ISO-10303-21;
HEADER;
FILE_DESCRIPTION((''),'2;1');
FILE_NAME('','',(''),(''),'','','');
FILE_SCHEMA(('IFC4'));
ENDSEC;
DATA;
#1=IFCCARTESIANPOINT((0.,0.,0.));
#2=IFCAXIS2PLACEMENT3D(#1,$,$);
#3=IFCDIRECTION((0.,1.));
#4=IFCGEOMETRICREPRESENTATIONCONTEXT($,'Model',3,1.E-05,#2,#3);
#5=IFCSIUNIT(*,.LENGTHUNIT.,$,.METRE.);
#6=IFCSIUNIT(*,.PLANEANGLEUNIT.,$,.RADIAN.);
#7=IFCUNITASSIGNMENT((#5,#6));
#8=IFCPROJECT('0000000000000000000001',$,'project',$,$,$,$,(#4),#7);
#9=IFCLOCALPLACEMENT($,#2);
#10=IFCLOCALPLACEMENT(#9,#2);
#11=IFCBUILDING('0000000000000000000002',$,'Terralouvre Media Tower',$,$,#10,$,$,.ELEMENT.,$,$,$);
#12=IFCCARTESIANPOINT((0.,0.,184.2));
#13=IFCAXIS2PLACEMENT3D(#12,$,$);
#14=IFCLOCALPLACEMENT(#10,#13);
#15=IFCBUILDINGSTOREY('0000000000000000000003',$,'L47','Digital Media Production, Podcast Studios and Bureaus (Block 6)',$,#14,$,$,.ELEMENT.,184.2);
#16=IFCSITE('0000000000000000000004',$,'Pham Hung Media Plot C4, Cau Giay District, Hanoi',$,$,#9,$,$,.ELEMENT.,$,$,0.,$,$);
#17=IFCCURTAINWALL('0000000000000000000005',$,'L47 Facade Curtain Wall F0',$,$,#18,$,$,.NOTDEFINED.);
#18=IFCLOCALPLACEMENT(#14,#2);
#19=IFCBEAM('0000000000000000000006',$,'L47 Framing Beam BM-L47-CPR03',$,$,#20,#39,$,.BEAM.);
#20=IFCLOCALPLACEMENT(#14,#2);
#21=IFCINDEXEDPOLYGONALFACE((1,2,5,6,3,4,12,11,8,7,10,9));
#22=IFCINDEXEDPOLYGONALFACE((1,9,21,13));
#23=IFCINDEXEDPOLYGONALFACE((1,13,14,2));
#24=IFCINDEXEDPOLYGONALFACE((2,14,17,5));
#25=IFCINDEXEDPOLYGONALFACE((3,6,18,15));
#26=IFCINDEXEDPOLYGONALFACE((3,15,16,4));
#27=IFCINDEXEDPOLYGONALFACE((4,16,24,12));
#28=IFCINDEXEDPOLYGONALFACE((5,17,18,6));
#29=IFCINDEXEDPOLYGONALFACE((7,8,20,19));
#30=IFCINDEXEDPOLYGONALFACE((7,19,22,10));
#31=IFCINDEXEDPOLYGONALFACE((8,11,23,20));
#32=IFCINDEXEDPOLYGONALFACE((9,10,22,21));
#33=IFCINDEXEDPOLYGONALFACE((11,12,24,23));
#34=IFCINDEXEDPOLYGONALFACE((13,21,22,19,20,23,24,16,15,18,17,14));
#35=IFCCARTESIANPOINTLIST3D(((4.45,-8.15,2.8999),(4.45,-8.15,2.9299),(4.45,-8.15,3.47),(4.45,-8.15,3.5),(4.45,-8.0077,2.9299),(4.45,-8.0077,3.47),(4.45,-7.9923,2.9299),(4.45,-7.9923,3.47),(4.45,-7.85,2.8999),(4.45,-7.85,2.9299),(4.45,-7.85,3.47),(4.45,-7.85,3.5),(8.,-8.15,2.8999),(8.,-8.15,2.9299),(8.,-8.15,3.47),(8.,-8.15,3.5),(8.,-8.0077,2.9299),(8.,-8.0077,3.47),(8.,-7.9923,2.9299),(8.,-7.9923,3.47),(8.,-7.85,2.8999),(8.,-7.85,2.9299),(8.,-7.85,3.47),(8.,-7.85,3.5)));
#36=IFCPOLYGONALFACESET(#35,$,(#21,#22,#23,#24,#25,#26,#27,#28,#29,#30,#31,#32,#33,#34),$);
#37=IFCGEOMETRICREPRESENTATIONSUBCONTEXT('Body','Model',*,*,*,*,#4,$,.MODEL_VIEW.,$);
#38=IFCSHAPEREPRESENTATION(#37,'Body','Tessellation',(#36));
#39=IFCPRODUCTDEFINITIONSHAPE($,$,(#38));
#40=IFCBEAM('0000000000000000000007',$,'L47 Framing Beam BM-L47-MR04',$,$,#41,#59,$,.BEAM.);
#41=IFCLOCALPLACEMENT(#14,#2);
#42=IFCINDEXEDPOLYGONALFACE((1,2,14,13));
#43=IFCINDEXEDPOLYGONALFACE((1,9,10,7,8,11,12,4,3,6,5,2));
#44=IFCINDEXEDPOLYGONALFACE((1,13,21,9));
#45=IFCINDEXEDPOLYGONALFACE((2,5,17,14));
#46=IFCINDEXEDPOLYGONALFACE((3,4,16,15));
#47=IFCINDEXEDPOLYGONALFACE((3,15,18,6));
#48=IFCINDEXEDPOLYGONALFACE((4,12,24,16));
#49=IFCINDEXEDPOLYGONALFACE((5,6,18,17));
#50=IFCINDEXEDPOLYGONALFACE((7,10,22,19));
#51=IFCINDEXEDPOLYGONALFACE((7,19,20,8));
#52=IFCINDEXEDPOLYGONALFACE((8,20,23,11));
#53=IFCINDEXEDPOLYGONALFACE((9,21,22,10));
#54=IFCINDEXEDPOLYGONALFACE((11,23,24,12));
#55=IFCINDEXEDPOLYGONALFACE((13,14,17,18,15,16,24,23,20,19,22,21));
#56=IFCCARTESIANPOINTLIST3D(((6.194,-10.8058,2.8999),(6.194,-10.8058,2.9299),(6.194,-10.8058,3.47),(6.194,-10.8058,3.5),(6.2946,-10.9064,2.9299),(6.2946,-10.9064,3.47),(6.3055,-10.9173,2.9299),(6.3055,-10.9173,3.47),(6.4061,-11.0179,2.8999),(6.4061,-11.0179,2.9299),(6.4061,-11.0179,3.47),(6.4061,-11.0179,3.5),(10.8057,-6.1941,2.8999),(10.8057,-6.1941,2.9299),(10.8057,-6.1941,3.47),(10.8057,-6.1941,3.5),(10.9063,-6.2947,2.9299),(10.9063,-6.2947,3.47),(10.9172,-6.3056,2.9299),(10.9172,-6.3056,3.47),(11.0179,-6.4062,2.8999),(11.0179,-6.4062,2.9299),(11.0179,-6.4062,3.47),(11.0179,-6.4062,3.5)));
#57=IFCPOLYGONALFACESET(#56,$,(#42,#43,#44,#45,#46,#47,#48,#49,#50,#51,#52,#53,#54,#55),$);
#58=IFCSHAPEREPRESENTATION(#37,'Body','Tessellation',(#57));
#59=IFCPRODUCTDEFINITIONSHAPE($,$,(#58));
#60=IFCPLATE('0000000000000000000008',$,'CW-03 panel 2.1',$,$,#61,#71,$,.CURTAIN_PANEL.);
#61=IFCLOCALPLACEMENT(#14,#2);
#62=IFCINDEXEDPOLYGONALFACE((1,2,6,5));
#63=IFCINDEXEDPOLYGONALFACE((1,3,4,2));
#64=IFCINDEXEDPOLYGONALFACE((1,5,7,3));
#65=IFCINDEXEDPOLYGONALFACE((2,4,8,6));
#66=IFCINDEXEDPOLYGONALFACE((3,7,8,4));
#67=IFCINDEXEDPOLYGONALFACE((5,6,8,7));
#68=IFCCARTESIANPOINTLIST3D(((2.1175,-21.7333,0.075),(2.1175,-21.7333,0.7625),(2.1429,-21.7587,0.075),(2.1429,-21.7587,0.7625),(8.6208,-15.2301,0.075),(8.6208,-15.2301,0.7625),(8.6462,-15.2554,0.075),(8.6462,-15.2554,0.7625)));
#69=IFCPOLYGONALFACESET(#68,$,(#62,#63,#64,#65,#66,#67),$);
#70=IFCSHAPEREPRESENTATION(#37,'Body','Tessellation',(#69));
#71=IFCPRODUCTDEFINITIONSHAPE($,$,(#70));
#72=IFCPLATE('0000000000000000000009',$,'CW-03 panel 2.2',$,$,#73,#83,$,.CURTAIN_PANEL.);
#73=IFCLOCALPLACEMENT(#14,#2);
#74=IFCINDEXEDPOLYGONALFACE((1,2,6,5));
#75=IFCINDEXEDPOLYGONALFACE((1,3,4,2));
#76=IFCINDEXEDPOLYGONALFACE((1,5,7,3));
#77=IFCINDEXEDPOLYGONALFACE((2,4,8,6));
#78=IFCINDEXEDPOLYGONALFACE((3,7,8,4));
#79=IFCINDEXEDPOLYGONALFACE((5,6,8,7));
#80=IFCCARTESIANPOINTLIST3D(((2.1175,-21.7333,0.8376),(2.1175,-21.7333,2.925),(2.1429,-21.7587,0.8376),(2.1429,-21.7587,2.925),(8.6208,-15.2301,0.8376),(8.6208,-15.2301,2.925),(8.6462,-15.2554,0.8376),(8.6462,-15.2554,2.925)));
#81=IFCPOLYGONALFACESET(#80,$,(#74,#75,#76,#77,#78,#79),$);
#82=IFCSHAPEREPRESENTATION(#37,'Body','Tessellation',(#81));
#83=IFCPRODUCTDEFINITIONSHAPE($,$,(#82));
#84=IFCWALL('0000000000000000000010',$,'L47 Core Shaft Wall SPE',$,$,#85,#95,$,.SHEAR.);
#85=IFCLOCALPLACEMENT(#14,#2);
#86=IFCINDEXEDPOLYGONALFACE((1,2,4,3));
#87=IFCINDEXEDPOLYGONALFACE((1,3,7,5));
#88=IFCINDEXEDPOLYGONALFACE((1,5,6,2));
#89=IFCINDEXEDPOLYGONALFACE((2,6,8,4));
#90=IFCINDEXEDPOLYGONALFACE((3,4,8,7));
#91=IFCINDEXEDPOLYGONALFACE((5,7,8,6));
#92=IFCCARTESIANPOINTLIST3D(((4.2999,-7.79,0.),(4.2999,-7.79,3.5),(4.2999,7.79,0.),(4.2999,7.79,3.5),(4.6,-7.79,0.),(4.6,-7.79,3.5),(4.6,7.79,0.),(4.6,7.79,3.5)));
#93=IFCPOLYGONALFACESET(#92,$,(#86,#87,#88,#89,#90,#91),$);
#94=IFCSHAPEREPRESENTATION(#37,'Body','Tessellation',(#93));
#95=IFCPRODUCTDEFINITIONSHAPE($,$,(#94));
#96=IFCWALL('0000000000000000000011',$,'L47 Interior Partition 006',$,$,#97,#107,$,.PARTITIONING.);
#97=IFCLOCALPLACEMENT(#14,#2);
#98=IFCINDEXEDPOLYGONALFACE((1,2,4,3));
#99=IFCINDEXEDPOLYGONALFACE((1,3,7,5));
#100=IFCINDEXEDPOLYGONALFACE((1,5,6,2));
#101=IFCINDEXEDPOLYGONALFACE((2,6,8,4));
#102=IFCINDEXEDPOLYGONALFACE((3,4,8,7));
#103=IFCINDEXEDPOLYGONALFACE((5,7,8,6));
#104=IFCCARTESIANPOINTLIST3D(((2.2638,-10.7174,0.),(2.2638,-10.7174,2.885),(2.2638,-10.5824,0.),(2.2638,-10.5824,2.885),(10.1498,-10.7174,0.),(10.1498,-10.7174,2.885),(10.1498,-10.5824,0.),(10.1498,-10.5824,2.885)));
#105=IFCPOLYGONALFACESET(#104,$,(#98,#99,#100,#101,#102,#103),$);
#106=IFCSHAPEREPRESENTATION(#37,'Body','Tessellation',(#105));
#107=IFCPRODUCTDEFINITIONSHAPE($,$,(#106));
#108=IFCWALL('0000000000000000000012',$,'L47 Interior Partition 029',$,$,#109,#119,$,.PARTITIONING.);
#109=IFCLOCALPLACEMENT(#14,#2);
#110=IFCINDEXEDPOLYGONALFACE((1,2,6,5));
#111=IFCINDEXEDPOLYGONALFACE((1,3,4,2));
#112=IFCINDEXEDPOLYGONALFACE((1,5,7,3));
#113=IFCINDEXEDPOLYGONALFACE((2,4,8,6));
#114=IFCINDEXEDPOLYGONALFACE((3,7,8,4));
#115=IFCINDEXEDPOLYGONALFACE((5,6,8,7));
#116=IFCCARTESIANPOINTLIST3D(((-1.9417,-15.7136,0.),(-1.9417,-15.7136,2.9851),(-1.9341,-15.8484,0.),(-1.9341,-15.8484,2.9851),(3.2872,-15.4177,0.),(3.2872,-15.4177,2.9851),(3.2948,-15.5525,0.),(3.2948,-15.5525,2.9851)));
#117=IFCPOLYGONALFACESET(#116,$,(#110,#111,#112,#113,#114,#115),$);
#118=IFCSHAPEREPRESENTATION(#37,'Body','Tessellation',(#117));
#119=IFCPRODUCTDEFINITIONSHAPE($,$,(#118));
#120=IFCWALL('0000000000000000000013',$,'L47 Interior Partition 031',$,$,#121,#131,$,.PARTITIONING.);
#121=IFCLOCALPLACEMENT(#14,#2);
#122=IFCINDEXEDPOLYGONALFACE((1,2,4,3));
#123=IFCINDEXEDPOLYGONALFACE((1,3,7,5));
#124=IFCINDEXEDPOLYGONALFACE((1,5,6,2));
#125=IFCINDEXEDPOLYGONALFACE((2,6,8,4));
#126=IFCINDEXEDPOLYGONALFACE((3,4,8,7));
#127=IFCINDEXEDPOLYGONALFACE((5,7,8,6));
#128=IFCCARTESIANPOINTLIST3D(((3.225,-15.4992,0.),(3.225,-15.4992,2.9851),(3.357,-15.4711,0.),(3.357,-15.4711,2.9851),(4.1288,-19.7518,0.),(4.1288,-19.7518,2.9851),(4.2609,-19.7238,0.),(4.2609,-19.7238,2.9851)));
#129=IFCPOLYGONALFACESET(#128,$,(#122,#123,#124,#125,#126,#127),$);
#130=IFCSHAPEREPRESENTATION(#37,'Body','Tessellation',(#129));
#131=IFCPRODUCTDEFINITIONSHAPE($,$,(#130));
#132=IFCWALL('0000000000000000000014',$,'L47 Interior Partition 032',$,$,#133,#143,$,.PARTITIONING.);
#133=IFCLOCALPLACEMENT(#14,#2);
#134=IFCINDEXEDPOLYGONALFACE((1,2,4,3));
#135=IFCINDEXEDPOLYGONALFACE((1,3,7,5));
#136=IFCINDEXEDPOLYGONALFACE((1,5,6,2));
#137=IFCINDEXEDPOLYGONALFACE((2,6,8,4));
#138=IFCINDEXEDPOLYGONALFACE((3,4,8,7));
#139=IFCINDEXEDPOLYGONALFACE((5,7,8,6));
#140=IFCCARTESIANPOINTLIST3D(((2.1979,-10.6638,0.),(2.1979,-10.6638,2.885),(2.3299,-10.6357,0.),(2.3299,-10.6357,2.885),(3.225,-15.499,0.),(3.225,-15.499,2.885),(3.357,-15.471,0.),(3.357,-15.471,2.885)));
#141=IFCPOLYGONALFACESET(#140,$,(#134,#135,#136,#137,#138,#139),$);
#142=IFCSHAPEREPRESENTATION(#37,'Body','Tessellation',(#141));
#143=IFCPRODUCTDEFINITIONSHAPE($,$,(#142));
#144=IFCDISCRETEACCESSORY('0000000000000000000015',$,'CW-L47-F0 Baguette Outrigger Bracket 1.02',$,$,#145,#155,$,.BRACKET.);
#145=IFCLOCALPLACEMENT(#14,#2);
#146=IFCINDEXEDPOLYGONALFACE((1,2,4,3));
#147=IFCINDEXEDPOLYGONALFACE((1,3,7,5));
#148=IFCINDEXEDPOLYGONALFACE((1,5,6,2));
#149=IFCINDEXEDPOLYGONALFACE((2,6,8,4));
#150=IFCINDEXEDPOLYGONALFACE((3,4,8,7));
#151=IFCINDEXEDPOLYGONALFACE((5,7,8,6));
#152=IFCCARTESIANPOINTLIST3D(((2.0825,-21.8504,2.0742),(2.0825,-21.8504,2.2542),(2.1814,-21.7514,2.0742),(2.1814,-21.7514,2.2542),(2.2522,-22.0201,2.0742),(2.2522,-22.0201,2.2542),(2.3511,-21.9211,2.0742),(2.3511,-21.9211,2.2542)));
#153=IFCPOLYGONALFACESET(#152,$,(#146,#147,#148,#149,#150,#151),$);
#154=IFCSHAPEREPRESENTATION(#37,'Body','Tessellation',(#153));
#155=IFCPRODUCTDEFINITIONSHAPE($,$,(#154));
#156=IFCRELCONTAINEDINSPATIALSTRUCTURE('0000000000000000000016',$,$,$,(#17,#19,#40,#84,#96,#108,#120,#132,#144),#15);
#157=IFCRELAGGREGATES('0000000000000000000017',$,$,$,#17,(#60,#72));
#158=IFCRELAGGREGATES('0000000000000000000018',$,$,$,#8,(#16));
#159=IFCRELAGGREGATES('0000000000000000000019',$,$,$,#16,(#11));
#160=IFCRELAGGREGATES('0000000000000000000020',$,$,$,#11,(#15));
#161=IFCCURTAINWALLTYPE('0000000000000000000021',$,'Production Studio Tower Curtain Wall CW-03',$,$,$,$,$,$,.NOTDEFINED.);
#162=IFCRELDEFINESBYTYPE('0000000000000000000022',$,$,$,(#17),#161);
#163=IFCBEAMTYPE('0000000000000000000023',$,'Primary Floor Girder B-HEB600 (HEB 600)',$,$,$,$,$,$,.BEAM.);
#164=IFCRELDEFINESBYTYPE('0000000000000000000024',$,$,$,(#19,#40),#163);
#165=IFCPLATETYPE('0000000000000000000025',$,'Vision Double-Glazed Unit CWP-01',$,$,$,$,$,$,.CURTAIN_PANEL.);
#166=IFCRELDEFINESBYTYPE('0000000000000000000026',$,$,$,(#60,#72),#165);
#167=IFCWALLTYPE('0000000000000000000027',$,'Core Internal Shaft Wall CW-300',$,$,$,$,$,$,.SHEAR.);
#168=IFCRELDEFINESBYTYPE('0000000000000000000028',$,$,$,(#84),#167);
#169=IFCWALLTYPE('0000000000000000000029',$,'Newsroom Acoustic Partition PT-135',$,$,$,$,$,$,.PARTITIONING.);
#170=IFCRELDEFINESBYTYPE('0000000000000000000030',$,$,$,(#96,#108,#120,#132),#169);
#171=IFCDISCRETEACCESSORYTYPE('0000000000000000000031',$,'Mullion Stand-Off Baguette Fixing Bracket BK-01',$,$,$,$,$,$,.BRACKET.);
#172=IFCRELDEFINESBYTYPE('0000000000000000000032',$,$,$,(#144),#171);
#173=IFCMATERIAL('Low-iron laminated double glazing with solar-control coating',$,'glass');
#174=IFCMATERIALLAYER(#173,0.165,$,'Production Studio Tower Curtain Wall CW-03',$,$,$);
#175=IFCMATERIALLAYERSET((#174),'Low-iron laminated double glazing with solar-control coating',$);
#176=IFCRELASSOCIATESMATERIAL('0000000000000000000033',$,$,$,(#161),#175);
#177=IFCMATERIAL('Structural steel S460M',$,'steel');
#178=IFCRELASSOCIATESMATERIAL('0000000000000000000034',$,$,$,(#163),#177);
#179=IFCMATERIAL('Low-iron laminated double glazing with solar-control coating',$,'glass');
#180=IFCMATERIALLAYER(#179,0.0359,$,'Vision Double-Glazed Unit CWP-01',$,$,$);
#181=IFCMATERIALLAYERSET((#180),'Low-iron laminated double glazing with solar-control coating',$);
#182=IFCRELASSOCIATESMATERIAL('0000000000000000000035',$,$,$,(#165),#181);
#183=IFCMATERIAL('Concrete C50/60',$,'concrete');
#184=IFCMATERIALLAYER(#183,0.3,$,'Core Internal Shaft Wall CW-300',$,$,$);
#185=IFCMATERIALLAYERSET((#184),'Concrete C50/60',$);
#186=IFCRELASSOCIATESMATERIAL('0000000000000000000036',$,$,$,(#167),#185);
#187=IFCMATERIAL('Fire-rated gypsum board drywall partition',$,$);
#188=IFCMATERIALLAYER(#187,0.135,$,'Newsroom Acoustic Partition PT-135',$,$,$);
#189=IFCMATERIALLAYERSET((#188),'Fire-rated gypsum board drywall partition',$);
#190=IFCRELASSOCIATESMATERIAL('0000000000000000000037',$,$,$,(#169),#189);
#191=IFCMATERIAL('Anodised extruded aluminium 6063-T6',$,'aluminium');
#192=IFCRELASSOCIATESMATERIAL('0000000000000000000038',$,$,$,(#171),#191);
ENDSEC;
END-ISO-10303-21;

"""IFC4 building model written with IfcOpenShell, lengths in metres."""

from ifc_helpers import new_model, si_unit, direction, frame, frame_2d, origin, origin_2d, place, context, subcontext, project, spatial, rectangle, i_section, extrude, material, layer, layer_set, material_profile, profile_set, type_object, element, aggregate, save


model = new_model("IFC4")

# Units and contexts
model_context = context("Model", 3, precision=1e-05, world=origin(), true_north=direction((0.0, 1.0)))
body_context = subcontext(model_context, "Body", "Model", "MODEL_VIEW")
ifc_project = project(units=[si_unit("LENGTHUNIT", "METRE"), si_unit("PLANEANGLEUNIT", "RADIAN")], contexts=[model_context])

# Site, building, storey
site_placement = place(None, origin())
site = spatial("IfcSite", under=ifc_project, at=site_placement, Name="Pham Hung Media Plot C4, Cau Giay District, Hanoi", CompositionType="ELEMENT", RefElevation=0.0)
building_placement = place(site_placement, origin())
building = spatial("IfcBuilding", under=site, at=building_placement, Name="Terralouvre Media Tower", CompositionType="ELEMENT")
storey_placement = place(building_placement, frame((0.0, 0.0, 184.2)))
storey = spatial("IfcBuildingStorey", under=building, at=storey_placement, Name="L47", Description="Digital Media Production, Podcast Studios and Bureaus (Block 6)", CompositionType="ELEMENT", Elevation=184.2)

# Curtain wall
ifc_material_1 = material(Name="Low-iron laminated double glazing with solar-control coating", Category="glass")
ifc_layer_1 = layer(ifc_material_1, 0.165, Name="Production Studio Tower Curtain Wall CW-03")
ifc_layer_set_1 = layer_set([ifc_layer_1], Name="Low-iron laminated double glazing with solar-control coating")
curtain_wall_type = type_object("IfcCurtainWallType", Name="Production Studio Tower Curtain Wall CW-03", PredefinedType="NOTDEFINED", material=ifc_layer_set_1)
curtain_wall_placement = place(storey_placement, origin())
curtain_wall = element("IfcCurtainWall", 1, at=curtain_wall_placement, inside=storey, type_object=curtain_wall_type, Name="L47 Facade Curtain Wall F0", PredefinedType="NOTDEFINED")

# Beams
ifc_material_2 = material(Name="Structural steel S460M", Category="steel")
ifc_material_profile_1 = material_profile(ifc_material_2, i_section(OverallWidth=0.3, OverallDepth=0.6001, WebThickness=0.0154, FlangeThickness=0.03, at=origin_2d()), Name="HEB 600")
ifc_profile_set_1 = profile_set([ifc_material_profile_1], Name="Structural steel S460M")
beam_type_1 = type_object("IfcBeamType", Name="Primary Floor Girder B-HEB600 (HEB 600)", PredefinedType="BEAM", material=ifc_profile_set_1)
beam_1_placement = place(storey_placement, frame((4.45, -8.0, 3.2), z_axis=(1.0, 0.0, 0.0), x_axis=(0.0, 1.0, 0.0)))
element("IfcBeam", 2, at=beam_1_placement, inside=storey, type_object=beam_type_1, Name="L47 Framing Beam BM-L47-CPR03", PredefinedType="BEAM", context=body_context, shape_type="SweptSolid", body=[
    extrude(i_section(OverallWidth=0.3, OverallDepth=0.6001, WebThickness=0.0154, FlangeThickness=0.03, at=origin_2d()), origin(), (0.0, 0.0, 1.0), 3.55),
])
beam_2_placement = place(storey_placement, frame((6.3, -10.9119, 3.2), z_axis=(0.707107, 0.707107, 0.0), x_axis=(-0.707107, 0.707107, 0.0)))
element("IfcBeam", 3, at=beam_2_placement, inside=storey, type_object=beam_type_1, Name="L47 Framing Beam BM-L47-MR04", PredefinedType="BEAM", context=body_context, shape_type="SweptSolid", body=[
    extrude(i_section(OverallWidth=0.3, OverallDepth=0.6001, WebThickness=0.0154, FlangeThickness=0.03, at=origin_2d()), origin(), (0.0, 0.0, 1.0), 6.522),
])

# Plates
ifc_material_3 = material(Name="Low-iron laminated double glazing with solar-control coating", Category="glass")
ifc_layer_2 = layer(ifc_material_3, 0.0359, Name="Vision Double-Glazed Unit CWP-01")
ifc_layer_set_2 = layer_set([ifc_layer_2], Name="Low-iron laminated double glazing with solar-control coating")
plate_type = type_object("IfcPlateType", Name="Vision Double-Glazed Unit CWP-01", PredefinedType="CURTAIN_PANEL", material=ifc_layer_set_2)
plate_1_placement = place(storey_placement, frame((5.3818, -18.4944, 0.075), z_axis=(0.0, 0.0, 1.0), x_axis=(0.707107, 0.707107, 0.0)))
plate_1 = element("IfcPlate", 4, at=plate_1_placement, type_object=plate_type, Name="CW-03 panel 2.1", PredefinedType="CURTAIN_PANEL", context=body_context, shape_type="SweptSolid", body=[
    extrude(rectangle(XDim=9.197, YDim=0.0359, at=origin_2d()), origin(), (0.0, 0.0, 1.0), 0.6875),
])
plate_2_placement = place(storey_placement, frame((5.3818, -18.4944, 0.8376), z_axis=(0.0, 0.0, 1.0), x_axis=(0.707107, 0.707107, 0.0)))
plate_2 = element("IfcPlate", 5, at=plate_2_placement, type_object=plate_type, Name="CW-03 panel 2.2", PredefinedType="CURTAIN_PANEL", context=body_context, shape_type="SweptSolid", body=[
    extrude(rectangle(XDim=9.197, YDim=0.0359, at=origin_2d()), origin(), (0.0, 0.0, 1.0), 2.0874),
])
aggregate(curtain_wall, [plate_1, plate_2])

# Walls
ifc_material_4 = material(Name="Concrete C50/60", Category="concrete")
ifc_layer_3 = layer(ifc_material_4, 0.3, Name="Core Internal Shaft Wall CW-300")
ifc_layer_set_3 = layer_set([ifc_layer_3], Name="Concrete C50/60")
wall_type_1 = type_object("IfcWallType", Name="Core Internal Shaft Wall CW-300", PredefinedType="SHEAR", material=ifc_layer_set_3)
wall_1_placement = place(storey_placement, frame((4.45, -7.79, 0.0), z_axis=(0.0, 0.0, 1.0), x_axis=(0.0, 1.0, 0.0)))
element("IfcWall", 6, at=wall_1_placement, inside=storey, type_object=wall_type_1, Name="L47 Core Shaft Wall SPE", PredefinedType="SHEAR", context=body_context, shape_type="SweptSolid", body=[
    extrude(rectangle(XDim=15.5801, YDim=0.3, at=frame_2d((7.79, 0.0))), origin(), (0.0, 0.0, 1.0), 3.5),
])
ifc_material_5 = material(Name="Fire-rated gypsum board drywall partition")
ifc_layer_4 = layer(ifc_material_5, 0.135, Name="Newsroom Acoustic Partition PT-135")
ifc_layer_set_4 = layer_set([ifc_layer_4], Name="Fire-rated gypsum board drywall partition")
wall_type_2 = type_object("IfcWallType", Name="Newsroom Acoustic Partition PT-135", PredefinedType="PARTITIONING", material=ifc_layer_set_4)
wall_2_placement = place(storey_placement, frame((2.2639, -10.6499, 0.0), z_axis=(0.0, 0.0, 1.0), x_axis=(1.0, 0.0, 0.0)))
element("IfcWall", 7, at=wall_2_placement, inside=storey, type_object=wall_type_2, Name="L47 Interior Partition 006", PredefinedType="PARTITIONING", context=body_context, shape_type="SweptSolid", body=[
    extrude(rectangle(XDim=7.886, YDim=0.135, at=frame_2d((3.9429, 0.0))), origin(), (0.0, 0.0, 1.0), 2.885),
])
wall_3_placement = place(storey_placement, frame((3.291, -15.4851, 0.0), z_axis=(0.0, 0.0, 1.0), x_axis=(-0.998403, -0.056498, 0.0)))
element("IfcWall", 8, at=wall_3_placement, inside=storey, type_object=wall_type_2, Name="L47 Interior Partition 029", PredefinedType="PARTITIONING", context=body_context, shape_type="SweptSolid", body=[
    extrude(rectangle(XDim=5.2373, YDim=0.135, at=frame_2d((2.6187, 0.0))), origin(), (0.0, 0.0, 1.0), 2.9851),
])
wall_4_placement = place(storey_placement, frame((4.1948, -19.7378, 0.0), z_axis=(0.0, 0.0, 1.0), x_axis=(-0.207884, 0.978154, 0.0)))
element("IfcWall", 9, at=wall_4_placement, inside=storey, type_object=wall_type_2, Name="L47 Interior Partition 031", PredefinedType="PARTITIONING", context=body_context, shape_type="SweptSolid", body=[
    extrude(rectangle(XDim=4.3477, YDim=0.135, at=frame_2d((2.1738, 0.0))), origin(), (0.0, 0.0, 1.0), 2.9851),
])
wall_5_placement = place(storey_placement, frame((3.291, -15.4851, 0.0), z_axis=(0.0, 0.0, 1.0), x_axis=(-0.207785, 0.978175, 0.0)))
element("IfcWall", 10, at=wall_5_placement, inside=storey, type_object=wall_type_2, Name="L47 Interior Partition 032", PredefinedType="PARTITIONING", context=body_context, shape_type="SweptSolid", body=[
    extrude(rectangle(XDim=4.9431, YDim=0.135, at=frame_2d((2.4717, 0.0))), origin(), (0.0, 0.0, 1.0), 2.885),
])

# Discrete accessory
ifc_material_6 = material(Name="Anodised extruded aluminium 6063-T6", Category="aluminium")
discrete_accessory_type = type_object("IfcDiscreteAccessoryType", Name="Mullion Stand-Off Baguette Fixing Bracket BK-01", PredefinedType="BRACKET", material=ifc_material_6)
discrete_accessory_placement = place(storey_placement, frame((2.2168, -21.8857, 2.0742), z_axis=(0.0, 0.0, 1.0), x_axis=(0.707107, 0.707107, 0.0)))
element("IfcDiscreteAccessory", 11, at=discrete_accessory_placement, inside=storey, type_object=discrete_accessory_type, Name="CW-L47-F0 Baguette Outrigger Bracket 1.02", PredefinedType="BRACKET", context=body_context, shape_type="SweptSolid", body=[
    extrude(rectangle(XDim=0.1399, YDim=0.24, at=origin_2d()), origin(), (0.0, 0.0, 1.0), 0.1799),
])

save(model, "model.ifc")
